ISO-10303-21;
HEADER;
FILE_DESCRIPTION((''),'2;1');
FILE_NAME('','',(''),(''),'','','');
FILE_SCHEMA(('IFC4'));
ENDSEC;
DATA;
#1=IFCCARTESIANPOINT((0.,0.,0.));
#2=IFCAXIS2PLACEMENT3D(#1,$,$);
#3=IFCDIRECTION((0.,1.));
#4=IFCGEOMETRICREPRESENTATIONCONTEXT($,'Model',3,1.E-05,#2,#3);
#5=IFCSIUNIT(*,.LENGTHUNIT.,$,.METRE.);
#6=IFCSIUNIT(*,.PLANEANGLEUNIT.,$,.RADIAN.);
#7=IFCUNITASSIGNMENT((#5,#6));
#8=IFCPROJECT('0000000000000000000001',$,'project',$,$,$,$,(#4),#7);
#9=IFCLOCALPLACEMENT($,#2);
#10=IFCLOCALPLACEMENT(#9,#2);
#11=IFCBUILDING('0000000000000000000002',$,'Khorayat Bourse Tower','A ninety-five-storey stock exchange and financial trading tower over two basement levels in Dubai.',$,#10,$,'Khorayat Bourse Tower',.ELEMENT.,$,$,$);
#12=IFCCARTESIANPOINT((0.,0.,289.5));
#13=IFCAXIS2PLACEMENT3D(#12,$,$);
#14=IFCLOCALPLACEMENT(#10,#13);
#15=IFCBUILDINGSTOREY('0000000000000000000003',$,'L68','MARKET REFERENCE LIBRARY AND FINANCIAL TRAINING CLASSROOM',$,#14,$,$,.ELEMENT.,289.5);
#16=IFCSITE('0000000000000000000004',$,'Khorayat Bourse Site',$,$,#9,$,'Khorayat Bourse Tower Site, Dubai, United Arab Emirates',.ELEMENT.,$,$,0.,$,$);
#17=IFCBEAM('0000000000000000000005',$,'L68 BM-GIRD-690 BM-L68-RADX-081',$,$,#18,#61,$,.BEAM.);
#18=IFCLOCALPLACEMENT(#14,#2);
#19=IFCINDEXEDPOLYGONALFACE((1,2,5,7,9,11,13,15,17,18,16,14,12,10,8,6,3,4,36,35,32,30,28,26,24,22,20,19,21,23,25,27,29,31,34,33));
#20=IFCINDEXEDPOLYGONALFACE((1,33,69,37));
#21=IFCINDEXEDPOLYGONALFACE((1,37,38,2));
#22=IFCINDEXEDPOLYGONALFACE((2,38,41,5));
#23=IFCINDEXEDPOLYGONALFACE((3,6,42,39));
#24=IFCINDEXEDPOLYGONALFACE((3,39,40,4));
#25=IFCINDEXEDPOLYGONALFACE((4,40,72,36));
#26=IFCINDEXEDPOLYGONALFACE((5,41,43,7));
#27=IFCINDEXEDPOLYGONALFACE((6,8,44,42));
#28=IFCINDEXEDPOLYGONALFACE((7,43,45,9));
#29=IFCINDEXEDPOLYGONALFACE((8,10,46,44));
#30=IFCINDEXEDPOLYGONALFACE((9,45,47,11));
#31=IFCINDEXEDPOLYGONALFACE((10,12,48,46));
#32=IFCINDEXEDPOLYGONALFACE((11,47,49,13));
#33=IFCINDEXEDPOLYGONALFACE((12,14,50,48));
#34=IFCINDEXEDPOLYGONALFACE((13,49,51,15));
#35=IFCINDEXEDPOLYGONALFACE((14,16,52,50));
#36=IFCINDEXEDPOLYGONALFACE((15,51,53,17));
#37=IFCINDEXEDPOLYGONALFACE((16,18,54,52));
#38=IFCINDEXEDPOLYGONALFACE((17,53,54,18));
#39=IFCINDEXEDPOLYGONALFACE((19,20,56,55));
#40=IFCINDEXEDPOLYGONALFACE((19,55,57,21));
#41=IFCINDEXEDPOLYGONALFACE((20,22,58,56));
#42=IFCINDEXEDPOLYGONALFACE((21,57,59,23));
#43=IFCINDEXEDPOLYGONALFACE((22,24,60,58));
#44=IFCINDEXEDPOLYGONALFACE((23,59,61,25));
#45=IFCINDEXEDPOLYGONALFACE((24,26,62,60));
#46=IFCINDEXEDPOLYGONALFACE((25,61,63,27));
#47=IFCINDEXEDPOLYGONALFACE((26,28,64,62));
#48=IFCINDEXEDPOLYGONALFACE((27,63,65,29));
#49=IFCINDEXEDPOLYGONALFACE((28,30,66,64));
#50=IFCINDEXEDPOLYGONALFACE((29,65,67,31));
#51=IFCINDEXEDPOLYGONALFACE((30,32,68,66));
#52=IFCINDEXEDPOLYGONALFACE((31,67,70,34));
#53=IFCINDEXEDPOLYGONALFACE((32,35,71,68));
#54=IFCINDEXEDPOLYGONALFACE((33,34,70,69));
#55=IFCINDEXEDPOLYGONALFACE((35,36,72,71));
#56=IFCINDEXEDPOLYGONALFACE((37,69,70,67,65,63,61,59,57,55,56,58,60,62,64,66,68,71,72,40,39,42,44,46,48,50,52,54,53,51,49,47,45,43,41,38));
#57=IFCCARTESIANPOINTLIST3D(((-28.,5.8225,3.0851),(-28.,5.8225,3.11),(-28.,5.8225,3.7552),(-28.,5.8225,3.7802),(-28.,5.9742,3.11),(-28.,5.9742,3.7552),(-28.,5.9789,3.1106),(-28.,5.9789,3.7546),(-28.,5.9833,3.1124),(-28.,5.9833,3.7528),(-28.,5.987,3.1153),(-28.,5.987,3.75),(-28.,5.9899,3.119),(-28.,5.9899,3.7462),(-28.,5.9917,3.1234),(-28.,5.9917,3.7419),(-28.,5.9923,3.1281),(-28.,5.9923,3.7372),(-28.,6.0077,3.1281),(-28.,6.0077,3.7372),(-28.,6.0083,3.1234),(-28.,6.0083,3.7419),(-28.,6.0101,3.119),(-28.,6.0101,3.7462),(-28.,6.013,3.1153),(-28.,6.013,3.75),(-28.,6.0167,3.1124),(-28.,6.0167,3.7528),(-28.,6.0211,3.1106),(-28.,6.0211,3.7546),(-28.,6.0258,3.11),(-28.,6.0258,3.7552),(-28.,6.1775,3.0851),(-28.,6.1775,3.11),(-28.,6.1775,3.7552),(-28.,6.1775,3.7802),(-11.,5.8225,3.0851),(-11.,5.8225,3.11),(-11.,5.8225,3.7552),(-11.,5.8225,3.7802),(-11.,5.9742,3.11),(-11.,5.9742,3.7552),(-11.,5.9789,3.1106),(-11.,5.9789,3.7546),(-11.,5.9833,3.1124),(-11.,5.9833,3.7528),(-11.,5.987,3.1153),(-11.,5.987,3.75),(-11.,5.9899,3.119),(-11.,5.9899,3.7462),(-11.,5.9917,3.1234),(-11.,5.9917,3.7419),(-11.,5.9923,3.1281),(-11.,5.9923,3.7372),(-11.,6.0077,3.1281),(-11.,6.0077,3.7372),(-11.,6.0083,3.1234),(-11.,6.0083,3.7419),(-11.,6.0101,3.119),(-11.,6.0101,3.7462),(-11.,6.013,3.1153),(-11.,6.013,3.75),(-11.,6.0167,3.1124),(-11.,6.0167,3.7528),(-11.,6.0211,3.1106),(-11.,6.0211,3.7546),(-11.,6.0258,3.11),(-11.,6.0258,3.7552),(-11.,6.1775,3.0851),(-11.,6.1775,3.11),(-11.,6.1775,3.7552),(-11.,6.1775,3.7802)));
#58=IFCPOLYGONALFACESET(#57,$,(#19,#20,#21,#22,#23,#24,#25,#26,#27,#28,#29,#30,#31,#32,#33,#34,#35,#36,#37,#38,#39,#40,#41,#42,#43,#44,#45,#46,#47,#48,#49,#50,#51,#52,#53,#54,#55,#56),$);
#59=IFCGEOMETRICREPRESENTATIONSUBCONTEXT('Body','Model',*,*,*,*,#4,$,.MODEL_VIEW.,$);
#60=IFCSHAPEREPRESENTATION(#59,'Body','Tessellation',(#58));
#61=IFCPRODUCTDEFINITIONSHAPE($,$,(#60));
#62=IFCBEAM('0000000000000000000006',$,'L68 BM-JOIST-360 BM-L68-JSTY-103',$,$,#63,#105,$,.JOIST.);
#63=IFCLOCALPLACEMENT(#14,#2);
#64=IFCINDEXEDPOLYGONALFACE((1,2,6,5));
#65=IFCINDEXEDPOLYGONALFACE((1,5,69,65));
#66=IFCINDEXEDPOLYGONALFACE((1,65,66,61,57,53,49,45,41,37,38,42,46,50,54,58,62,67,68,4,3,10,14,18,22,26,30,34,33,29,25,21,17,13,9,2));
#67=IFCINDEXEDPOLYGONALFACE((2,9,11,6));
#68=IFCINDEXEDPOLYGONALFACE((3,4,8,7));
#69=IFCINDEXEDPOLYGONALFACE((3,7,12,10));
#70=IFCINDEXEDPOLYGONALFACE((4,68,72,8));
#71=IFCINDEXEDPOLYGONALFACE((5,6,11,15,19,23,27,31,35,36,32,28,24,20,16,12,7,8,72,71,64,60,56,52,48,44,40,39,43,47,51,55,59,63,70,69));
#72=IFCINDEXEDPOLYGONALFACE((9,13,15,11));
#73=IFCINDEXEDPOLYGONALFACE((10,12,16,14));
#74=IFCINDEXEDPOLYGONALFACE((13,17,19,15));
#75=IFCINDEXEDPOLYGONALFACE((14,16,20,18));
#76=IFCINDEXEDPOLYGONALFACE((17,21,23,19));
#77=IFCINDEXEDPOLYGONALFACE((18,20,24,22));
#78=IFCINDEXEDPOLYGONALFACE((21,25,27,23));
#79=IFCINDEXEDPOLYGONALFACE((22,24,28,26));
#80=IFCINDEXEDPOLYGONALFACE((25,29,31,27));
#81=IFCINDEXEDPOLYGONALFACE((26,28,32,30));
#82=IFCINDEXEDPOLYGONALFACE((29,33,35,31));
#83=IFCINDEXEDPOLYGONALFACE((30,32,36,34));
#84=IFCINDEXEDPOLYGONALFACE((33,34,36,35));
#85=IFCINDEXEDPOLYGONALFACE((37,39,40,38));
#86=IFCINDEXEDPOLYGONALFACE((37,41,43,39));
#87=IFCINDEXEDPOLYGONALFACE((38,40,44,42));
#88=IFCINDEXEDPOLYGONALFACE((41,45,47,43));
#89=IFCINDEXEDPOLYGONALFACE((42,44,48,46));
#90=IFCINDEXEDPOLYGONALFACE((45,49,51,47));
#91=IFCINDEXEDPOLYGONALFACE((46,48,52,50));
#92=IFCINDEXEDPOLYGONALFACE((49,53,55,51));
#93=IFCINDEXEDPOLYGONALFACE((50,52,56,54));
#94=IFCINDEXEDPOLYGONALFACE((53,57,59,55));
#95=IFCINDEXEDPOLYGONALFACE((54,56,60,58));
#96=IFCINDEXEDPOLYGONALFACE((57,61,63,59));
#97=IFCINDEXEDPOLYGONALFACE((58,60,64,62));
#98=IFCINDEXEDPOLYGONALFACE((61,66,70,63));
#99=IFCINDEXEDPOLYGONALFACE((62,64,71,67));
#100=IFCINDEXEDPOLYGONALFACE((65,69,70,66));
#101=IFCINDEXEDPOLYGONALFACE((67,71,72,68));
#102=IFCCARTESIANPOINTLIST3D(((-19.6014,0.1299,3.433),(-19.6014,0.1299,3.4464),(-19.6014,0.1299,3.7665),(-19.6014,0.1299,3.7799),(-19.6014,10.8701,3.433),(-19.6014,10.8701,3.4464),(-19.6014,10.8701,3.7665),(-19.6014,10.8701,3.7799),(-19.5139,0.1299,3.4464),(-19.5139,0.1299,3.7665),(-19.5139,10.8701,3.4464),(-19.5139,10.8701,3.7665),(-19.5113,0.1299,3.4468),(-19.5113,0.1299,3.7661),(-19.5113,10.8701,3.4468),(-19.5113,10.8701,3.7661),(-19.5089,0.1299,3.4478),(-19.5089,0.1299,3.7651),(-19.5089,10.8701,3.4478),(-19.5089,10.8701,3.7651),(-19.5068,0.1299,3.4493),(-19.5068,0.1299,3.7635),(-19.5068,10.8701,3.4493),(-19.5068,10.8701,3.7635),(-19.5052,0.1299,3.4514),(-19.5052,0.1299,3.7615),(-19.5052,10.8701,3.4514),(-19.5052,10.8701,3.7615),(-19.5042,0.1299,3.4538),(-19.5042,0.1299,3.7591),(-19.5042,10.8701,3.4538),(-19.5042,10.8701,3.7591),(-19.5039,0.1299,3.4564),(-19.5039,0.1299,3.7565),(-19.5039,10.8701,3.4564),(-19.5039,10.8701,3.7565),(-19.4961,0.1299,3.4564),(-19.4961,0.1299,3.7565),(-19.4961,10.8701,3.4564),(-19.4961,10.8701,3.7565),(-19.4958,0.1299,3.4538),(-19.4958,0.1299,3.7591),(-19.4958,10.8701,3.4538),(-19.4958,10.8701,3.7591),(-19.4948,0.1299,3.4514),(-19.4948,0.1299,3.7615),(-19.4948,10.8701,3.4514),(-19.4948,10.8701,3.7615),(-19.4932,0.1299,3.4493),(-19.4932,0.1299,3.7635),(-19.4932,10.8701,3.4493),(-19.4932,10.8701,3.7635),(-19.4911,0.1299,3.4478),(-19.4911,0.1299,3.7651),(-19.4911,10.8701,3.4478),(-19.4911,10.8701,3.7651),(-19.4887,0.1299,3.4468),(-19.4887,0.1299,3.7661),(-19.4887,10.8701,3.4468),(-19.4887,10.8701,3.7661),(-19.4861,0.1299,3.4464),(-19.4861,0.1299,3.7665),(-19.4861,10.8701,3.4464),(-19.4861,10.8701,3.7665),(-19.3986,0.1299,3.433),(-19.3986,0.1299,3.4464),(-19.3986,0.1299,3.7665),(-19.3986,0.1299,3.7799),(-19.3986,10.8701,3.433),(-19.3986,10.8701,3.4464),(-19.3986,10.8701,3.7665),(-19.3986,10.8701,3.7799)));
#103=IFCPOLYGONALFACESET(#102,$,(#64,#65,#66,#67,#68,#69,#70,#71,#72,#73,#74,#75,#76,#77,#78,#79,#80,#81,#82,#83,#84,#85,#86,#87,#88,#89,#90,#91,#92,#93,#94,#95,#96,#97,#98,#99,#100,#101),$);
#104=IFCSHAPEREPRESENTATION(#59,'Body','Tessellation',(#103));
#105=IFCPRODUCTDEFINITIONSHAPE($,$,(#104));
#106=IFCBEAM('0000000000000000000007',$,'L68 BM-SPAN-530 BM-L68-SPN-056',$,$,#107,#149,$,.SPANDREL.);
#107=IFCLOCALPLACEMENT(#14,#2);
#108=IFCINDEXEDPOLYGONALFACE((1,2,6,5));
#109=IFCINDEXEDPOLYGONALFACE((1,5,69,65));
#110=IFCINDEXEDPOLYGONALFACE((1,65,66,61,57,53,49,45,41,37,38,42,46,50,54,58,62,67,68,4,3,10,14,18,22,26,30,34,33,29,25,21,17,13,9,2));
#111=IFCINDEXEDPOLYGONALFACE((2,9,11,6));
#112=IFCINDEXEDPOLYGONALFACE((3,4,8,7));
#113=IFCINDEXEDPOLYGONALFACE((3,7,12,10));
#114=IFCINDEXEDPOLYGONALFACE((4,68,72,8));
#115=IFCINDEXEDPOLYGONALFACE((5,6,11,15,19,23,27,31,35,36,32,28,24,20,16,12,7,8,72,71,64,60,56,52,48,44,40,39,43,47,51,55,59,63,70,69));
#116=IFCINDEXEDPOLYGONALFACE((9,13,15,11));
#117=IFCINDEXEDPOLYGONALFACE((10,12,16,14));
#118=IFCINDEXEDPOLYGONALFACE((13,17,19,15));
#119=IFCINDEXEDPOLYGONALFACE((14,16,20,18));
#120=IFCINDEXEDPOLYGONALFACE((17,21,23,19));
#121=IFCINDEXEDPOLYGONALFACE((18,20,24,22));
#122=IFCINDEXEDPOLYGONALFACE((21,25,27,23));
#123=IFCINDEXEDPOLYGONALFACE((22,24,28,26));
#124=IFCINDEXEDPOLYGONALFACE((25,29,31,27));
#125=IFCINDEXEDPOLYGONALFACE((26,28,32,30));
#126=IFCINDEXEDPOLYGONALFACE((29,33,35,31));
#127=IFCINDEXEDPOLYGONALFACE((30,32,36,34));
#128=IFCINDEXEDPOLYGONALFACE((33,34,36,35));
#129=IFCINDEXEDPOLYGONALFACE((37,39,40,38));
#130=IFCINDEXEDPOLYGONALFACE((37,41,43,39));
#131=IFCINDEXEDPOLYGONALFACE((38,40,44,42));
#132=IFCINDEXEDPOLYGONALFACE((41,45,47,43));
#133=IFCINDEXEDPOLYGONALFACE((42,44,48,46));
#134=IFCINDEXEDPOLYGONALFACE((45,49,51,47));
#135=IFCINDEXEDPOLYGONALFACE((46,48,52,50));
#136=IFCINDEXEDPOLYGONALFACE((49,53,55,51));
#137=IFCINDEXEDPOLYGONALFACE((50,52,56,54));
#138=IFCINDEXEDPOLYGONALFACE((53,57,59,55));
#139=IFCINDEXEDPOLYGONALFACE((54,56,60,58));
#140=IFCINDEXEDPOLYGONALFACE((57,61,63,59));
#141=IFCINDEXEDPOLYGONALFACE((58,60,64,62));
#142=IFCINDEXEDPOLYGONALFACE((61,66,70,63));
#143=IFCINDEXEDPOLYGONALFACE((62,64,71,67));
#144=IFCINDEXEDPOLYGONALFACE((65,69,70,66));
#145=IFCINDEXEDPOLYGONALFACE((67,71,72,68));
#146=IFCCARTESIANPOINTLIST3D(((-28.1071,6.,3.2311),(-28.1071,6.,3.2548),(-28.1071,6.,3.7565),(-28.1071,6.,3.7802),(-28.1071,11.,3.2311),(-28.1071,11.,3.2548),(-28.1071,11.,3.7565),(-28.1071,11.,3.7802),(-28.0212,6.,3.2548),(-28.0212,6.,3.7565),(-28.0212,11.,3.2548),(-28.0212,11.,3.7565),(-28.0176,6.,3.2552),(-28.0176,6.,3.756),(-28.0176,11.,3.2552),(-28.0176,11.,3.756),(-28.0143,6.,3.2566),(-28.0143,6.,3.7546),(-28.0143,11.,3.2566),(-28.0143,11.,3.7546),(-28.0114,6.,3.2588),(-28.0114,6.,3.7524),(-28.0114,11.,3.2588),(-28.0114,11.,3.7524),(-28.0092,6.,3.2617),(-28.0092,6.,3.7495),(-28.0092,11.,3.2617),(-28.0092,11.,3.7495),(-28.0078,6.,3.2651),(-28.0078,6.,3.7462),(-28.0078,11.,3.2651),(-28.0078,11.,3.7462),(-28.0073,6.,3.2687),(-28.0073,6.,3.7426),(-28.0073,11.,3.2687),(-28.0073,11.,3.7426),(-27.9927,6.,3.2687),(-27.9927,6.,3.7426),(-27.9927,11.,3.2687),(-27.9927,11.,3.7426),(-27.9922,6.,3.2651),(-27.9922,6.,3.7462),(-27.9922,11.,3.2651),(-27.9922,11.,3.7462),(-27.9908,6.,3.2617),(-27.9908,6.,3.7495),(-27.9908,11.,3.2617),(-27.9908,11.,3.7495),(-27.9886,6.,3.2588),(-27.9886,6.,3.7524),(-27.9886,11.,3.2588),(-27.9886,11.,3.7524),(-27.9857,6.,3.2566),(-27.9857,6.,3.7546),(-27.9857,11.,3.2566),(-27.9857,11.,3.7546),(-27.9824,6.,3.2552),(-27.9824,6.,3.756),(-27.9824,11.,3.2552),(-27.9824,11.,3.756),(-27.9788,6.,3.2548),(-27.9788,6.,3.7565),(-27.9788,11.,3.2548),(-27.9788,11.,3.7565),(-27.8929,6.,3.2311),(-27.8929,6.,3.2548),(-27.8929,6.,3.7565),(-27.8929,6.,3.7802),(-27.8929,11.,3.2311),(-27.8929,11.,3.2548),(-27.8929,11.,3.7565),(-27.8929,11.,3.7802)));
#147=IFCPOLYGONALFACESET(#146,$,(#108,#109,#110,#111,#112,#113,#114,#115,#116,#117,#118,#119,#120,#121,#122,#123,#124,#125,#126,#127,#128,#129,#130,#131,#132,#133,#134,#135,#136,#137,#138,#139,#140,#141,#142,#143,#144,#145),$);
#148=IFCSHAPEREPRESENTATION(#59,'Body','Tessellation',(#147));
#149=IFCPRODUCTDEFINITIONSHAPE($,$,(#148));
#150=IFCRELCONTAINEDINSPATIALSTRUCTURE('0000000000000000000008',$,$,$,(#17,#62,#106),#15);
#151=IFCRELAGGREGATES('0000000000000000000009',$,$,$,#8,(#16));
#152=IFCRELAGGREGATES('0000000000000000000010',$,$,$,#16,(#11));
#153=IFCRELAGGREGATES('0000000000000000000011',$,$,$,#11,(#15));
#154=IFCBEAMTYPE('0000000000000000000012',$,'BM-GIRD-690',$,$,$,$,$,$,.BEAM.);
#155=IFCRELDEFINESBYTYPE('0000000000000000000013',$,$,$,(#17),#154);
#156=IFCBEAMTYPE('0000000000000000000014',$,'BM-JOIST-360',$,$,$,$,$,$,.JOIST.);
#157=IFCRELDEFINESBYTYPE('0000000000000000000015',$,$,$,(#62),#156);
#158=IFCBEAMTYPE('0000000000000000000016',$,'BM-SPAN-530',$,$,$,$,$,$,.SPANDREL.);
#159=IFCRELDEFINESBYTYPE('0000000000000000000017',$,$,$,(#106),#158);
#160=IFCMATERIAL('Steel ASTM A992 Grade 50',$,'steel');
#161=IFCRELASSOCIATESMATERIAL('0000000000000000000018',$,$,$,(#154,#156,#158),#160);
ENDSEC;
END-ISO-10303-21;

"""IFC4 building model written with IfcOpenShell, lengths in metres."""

from ifc_helpers import new_model, si_unit, direction, frame, origin, origin_2d, place, context, subcontext, project, spatial, i_section, extrude, source, transform, mapped, material, material_profile, profile_set, type_object, element, save


model = new_model("IFC4")

# Units and contexts
model_context = context("Model", 3, precision=1e-05, world=origin(), true_north=direction((0.0, 1.0)))
body_context = subcontext(model_context, "Body", "Model", "MODEL_VIEW")
ifc_project = project(units=[si_unit("LENGTHUNIT", "METRE"), si_unit("PLANEANGLEUNIT", "RADIAN")], contexts=[model_context])

# Site, building, storey
site_placement = place(None, origin())
site = spatial("IfcSite", under=ifc_project, at=site_placement, Name="Khorayat Bourse Site", LongName="Khorayat Bourse Tower Site, Dubai, United Arab Emirates", CompositionType="ELEMENT", RefElevation=0.0)
building_placement = place(site_placement, origin())
building = spatial("IfcBuilding", under=site, at=building_placement, Name="Khorayat Bourse Tower", Description="A ninety-five-storey stock exchange and financial trading tower over two basement levels in Dubai.", LongName="Khorayat Bourse Tower", CompositionType="ELEMENT")
storey_placement = place(building_placement, frame((0.0, 0.0, 289.5)))
storey = spatial("IfcBuildingStorey", under=building, at=storey_placement, Name="L68", Description="MARKET REFERENCE LIBRARY AND FINANCIAL TRAINING CLASSROOM", CompositionType="ELEMENT", Elevation=289.5)

# Beams
ifc_material_1 = material(Name="Steel ASTM A992 Grade 50", Category="steel")
ifc_material_profile_1 = material_profile(ifc_material_1, i_section(OverallWidth=0.355, OverallDepth=0.6951, WebThickness=0.0154, FlangeThickness=0.0249, FilletRadius=0.0181, at=origin_2d()), Name="W690X217")
ifc_profile_set_1 = profile_set([ifc_material_profile_1], Name="Steel ASTM A992 Grade 50")
beam_type_1 = type_object("IfcBeamType", Name="BM-GIRD-690", PredefinedType="BEAM", material=ifc_profile_set_1)
shared_shape_1 = source(origin(), body_context, "Body", "SweptSolid", [
    extrude(i_section(OverallWidth=0.355, OverallDepth=0.6951, WebThickness=0.0154, FlangeThickness=0.0249, FilletRadius=0.0181, at=origin_2d()), origin(), (0.0, 0.0, 1.0), 17.0),
])
for number, where, z_axis, x_axis, name in (
    (1, (-28.0, 6.0, 3.4326), (1.0, 0.0, 0.0), (0.0, 1.0, 0.0), "L68 BM-GIRD-690 BM-L68-RADX-081"),
):
    element("IfcBeam", number, at=place(storey_placement, frame(where, z_axis=z_axis, x_axis=x_axis)), inside=storey, type_object=beam_type_1, Name=name, PredefinedType="BEAM", context=body_context, shape_type="MappedRepresentation", body=[
        mapped(shared_shape_1, transform((0.0, 0.0, 0.0), scale=1.0)),
    ])
ifc_material_profile_2 = material_profile(ifc_material_1, i_section(OverallWidth=0.2029, OverallDepth=0.3469, WebThickness=0.0078, FlangeThickness=0.0134, FilletRadius=0.01, at=origin_2d()), Name="W360X64")
ifc_profile_set_2 = profile_set([ifc_material_profile_2], Name="Steel ASTM A992 Grade 50")
beam_type_2 = type_object("IfcBeamType", Name="BM-JOIST-360", PredefinedType="JOIST", material=ifc_profile_set_2)
shared_shape_2 = source(origin(), body_context, "Body", "SweptSolid", [
    extrude(i_section(OverallWidth=0.2029, OverallDepth=0.3469, WebThickness=0.0078, FlangeThickness=0.0134, FilletRadius=0.01, at=origin_2d()), origin(), (0.0, 0.0, 1.0), 10.7402),
])
beam_1_placement = place(storey_placement, frame((-19.5, 0.1299, 3.6064), z_axis=(0.0, 1.0, 0.0), x_axis=(-1.0, 0.0, 0.0)))
element("IfcBeam", 2, at=beam_1_placement, inside=storey, type_object=beam_type_2, Name="L68 BM-JOIST-360 BM-L68-JSTY-103", PredefinedType="JOIST", context=body_context, shape_type="MappedRepresentation", body=[
    mapped(shared_shape_2, transform((0.0, 0.0, 0.0), scale=1.0)),
])
ifc_material_profile_3 = material_profile(ifc_material_1, i_section(OverallWidth=0.2141, OverallDepth=0.5491, WebThickness=0.0146, FlangeThickness=0.0237, FilletRadius=0.0139, at=origin_2d()), Name="W530X138")
ifc_profile_set_3 = profile_set([ifc_material_profile_3], Name="Steel ASTM A992 Grade 50")
beam_type_3 = type_object("IfcBeamType", Name="BM-SPAN-530", PredefinedType="SPANDREL", material=ifc_profile_set_3)
shared_shape_3 = source(origin(), body_context, "Body", "SweptSolid", [
    extrude(i_section(OverallWidth=0.2141, OverallDepth=0.5491, WebThickness=0.0146, FlangeThickness=0.0237, FilletRadius=0.0139, at=origin_2d()), origin(), (0.0, 0.0, 1.0), 5.0),
])
beam_2_placement = place(storey_placement, frame((-28.0, 6.0, 3.5056), z_axis=(0.0, 1.0, 0.0), x_axis=(-1.0, 0.0, 0.0)))
element("IfcBeam", 3, at=beam_2_placement, inside=storey, type_object=beam_type_3, Name="L68 BM-SPAN-530 BM-L68-SPN-056", PredefinedType="SPANDREL", context=body_context, shape_type="MappedRepresentation", body=[
    mapped(shared_shape_3, transform((0.0, 0.0, 0.0), scale=1.0)),
])

save(model, "model.ifc")
